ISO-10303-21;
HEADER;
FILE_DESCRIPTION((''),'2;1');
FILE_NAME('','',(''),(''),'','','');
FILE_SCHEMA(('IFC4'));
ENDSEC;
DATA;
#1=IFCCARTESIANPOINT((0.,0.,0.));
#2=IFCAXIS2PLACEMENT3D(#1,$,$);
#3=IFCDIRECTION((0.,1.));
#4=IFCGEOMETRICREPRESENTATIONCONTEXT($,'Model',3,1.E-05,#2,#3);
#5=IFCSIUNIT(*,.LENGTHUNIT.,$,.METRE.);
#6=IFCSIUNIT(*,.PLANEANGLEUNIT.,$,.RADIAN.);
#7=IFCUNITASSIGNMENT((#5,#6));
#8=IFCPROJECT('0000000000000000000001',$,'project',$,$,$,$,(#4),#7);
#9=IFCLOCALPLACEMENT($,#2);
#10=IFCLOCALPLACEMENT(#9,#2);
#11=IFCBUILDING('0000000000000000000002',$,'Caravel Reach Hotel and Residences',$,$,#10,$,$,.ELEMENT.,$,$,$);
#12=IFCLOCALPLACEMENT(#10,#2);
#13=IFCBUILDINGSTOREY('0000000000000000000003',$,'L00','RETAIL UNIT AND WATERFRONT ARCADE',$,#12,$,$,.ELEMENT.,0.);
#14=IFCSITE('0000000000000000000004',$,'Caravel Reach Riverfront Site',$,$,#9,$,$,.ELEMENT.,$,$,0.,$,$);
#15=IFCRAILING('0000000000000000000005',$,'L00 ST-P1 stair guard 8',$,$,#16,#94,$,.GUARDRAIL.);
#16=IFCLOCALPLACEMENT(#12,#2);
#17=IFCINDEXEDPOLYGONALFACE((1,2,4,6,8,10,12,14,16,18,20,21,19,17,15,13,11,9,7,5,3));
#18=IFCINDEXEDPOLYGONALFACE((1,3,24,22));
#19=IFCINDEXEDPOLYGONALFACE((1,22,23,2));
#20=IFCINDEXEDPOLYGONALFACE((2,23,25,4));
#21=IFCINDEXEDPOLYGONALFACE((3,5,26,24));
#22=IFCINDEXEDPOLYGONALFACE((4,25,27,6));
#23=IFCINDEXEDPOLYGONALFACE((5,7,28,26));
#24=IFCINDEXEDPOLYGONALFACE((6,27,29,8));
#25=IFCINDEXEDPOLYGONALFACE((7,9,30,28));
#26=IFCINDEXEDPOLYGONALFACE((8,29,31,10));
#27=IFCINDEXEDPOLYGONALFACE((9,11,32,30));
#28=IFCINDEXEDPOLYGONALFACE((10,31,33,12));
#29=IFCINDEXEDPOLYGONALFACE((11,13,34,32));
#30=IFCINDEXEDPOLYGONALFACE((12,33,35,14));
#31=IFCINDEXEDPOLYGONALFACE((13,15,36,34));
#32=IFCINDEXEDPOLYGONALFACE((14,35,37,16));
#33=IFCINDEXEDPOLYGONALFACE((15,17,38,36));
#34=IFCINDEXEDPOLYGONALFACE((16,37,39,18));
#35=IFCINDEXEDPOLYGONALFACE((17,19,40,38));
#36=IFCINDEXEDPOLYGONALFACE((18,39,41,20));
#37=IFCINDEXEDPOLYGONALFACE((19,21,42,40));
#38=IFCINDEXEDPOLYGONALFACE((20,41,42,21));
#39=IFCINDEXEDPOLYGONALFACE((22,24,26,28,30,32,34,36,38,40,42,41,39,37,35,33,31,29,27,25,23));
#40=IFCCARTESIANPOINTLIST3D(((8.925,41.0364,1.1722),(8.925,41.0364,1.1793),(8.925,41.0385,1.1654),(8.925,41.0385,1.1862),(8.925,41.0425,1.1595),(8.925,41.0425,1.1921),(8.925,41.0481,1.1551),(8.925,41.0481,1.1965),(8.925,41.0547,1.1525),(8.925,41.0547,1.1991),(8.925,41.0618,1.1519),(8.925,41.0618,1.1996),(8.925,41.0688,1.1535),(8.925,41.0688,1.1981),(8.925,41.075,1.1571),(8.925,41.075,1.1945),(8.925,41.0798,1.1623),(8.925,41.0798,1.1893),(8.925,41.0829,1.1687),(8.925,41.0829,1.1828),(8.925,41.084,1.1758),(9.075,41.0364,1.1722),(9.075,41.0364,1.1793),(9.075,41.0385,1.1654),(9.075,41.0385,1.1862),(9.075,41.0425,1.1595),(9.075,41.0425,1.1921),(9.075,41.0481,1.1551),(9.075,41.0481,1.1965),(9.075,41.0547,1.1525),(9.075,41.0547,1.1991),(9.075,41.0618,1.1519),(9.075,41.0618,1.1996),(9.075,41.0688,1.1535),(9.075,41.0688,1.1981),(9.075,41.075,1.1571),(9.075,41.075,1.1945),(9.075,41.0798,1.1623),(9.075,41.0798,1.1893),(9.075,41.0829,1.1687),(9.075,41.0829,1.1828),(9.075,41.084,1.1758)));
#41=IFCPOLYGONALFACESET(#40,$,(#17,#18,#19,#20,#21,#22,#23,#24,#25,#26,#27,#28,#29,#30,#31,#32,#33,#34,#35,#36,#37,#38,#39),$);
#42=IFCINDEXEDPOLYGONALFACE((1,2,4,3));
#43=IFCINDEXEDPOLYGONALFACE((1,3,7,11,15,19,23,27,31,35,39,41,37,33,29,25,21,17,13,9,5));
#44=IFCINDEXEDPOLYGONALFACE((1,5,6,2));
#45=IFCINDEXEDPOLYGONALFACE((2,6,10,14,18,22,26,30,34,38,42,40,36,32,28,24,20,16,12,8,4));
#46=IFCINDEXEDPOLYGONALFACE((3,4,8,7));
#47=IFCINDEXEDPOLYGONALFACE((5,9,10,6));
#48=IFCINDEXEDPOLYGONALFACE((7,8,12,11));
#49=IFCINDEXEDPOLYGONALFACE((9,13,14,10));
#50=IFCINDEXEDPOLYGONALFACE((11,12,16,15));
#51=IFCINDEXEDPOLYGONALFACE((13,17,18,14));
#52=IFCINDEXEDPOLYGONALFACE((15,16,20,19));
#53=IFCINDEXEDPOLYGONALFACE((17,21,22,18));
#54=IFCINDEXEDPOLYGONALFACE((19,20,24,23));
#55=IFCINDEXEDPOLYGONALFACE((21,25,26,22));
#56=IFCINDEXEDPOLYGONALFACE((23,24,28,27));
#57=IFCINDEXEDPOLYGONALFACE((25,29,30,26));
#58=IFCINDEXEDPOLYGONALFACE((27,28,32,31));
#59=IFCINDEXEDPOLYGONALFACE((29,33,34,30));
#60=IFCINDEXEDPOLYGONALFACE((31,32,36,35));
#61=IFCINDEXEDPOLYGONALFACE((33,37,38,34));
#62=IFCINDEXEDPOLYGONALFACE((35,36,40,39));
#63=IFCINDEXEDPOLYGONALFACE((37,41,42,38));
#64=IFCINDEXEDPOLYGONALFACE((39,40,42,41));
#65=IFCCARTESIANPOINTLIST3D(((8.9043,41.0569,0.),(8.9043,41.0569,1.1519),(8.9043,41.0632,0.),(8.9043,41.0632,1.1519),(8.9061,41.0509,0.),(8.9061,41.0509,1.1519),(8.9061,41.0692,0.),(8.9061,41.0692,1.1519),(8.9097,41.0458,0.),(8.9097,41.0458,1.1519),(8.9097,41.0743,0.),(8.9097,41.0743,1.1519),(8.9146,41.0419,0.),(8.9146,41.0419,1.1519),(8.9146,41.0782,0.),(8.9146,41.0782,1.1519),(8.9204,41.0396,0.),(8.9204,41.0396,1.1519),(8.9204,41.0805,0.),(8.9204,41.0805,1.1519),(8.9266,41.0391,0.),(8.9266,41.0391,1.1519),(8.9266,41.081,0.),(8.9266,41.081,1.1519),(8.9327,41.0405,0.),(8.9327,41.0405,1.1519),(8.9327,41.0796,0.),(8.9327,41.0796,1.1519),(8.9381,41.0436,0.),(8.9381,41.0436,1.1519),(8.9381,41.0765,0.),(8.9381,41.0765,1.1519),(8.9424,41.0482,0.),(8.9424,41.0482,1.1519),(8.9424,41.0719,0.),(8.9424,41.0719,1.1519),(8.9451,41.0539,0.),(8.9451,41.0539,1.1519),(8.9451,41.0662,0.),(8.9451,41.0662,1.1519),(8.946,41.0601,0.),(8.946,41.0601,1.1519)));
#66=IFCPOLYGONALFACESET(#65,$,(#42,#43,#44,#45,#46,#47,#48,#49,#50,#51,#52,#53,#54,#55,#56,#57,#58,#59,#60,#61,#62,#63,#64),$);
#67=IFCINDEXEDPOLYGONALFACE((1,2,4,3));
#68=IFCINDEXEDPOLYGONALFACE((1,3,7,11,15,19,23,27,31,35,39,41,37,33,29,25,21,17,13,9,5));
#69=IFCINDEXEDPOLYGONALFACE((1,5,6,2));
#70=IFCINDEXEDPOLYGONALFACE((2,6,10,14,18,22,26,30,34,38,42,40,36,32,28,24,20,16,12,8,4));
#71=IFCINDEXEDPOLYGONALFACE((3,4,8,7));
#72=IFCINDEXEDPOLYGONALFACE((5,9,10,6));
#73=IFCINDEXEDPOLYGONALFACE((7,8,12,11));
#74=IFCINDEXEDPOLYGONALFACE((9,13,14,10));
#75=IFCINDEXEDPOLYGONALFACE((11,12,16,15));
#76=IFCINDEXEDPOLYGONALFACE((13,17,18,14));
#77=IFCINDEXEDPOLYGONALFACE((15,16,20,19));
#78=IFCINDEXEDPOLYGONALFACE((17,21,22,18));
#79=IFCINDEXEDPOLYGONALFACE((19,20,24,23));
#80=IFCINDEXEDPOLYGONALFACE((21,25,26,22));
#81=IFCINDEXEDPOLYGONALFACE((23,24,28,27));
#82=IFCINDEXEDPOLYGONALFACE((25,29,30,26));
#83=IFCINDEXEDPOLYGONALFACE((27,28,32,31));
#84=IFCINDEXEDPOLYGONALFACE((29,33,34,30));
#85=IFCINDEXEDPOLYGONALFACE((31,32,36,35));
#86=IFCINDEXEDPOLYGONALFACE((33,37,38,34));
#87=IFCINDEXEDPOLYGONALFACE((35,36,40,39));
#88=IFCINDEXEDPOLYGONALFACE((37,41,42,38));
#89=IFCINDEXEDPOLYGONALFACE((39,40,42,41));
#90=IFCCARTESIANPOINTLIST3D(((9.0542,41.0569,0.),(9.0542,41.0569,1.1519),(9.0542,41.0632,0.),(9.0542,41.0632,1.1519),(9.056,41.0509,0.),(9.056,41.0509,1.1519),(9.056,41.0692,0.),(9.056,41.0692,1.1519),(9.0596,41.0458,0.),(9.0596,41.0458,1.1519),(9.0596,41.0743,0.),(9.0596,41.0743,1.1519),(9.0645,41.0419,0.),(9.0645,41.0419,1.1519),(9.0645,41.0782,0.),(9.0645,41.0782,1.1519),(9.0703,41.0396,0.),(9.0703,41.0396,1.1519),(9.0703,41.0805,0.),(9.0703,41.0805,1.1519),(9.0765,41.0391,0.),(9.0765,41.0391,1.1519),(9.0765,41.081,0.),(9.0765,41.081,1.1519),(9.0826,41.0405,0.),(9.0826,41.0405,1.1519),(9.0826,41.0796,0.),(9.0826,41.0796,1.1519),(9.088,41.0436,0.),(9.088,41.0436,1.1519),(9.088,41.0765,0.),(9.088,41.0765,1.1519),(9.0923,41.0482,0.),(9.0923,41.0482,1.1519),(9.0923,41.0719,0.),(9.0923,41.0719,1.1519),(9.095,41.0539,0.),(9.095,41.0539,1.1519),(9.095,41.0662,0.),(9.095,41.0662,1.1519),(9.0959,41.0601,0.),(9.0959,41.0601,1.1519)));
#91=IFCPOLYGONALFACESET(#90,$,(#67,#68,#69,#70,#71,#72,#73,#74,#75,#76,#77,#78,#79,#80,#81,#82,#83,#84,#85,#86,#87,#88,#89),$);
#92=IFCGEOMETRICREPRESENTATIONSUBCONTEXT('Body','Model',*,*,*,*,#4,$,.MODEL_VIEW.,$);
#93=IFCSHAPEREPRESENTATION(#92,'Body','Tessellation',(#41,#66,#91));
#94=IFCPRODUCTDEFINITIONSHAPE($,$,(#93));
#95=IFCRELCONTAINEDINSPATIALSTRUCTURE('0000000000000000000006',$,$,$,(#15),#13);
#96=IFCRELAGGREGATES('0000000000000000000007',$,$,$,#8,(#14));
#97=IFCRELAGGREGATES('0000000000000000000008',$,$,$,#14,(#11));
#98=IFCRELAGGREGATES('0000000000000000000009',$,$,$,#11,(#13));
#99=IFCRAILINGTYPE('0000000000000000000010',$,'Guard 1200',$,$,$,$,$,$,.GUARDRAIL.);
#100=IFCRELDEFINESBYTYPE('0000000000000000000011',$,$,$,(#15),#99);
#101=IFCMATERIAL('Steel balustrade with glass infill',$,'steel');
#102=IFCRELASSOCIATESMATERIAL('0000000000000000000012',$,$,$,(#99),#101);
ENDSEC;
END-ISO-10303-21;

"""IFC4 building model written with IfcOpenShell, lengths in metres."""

from ifc_helpers import new_model, si_unit, direction, frame, origin, origin_2d, place, context, subcontext, project, spatial, circle, extrude, material, type_object, element, save


model = new_model("IFC4")

# Units and contexts
model_context = context("Model", 3, precision=1e-05, world=origin(), true_north=direction((0.0, 1.0)))
body_context = subcontext(model_context, "Body", "Model", "MODEL_VIEW")
ifc_project = project(units=[si_unit("LENGTHUNIT", "METRE"), si_unit("PLANEANGLEUNIT", "RADIAN")], contexts=[model_context])

# Site, building, storey
site_placement = place(None, origin())
site = spatial("IfcSite", under=ifc_project, at=site_placement, Name="Caravel Reach Riverfront Site", CompositionType="ELEMENT", RefElevation=0.0)
building_placement = place(site_placement, origin())
building = spatial("IfcBuilding", under=site, at=building_placement, Name="Caravel Reach Hotel and Residences", CompositionType="ELEMENT")
storey_placement = place(building_placement, origin())
storey = spatial("IfcBuildingStorey", under=building, at=storey_placement, Name="L00", Description="RETAIL UNIT AND WATERFRONT ARCADE", CompositionType="ELEMENT", Elevation=0.0)

# Railing
ifc_material_1 = material(Name="Steel balustrade with glass infill", Category="steel")
railing_type_1 = type_object("IfcRailingType", Name="Guard 1200", PredefinedType="GUARDRAIL", material=ifc_material_1)
railing_1_placement = place(storey_placement, frame((8.925, 41.0601, 0.0)))
element("IfcRailing", 1, at=railing_1_placement, inside=storey, type_object=railing_type_1, Name="L00 ST-P1 stair guard 8", PredefinedType="GUARDRAIL", context=body_context, shape_type="SweptSolid", body=[
    extrude(circle(Radius=0.0239, at=origin_2d()), frame((0.0, 0.0, 1.1758), z_axis=(1.0, 0.0, 0.0), x_axis=(0.0, 1.0, 0.0)), (0.0, 0.0, 1.0), 0.1499),
    extrude(circle(Radius=0.021, at=origin_2d()), origin(), (0.0, 0.0, 1.0), 1.1519),
    extrude(circle(Radius=0.021, at=origin_2d()), frame((0.1499, 0.0, 0.0)), (0.0, 0.0, 1.0), 1.1519),
])

save(model, "model.ifc")
